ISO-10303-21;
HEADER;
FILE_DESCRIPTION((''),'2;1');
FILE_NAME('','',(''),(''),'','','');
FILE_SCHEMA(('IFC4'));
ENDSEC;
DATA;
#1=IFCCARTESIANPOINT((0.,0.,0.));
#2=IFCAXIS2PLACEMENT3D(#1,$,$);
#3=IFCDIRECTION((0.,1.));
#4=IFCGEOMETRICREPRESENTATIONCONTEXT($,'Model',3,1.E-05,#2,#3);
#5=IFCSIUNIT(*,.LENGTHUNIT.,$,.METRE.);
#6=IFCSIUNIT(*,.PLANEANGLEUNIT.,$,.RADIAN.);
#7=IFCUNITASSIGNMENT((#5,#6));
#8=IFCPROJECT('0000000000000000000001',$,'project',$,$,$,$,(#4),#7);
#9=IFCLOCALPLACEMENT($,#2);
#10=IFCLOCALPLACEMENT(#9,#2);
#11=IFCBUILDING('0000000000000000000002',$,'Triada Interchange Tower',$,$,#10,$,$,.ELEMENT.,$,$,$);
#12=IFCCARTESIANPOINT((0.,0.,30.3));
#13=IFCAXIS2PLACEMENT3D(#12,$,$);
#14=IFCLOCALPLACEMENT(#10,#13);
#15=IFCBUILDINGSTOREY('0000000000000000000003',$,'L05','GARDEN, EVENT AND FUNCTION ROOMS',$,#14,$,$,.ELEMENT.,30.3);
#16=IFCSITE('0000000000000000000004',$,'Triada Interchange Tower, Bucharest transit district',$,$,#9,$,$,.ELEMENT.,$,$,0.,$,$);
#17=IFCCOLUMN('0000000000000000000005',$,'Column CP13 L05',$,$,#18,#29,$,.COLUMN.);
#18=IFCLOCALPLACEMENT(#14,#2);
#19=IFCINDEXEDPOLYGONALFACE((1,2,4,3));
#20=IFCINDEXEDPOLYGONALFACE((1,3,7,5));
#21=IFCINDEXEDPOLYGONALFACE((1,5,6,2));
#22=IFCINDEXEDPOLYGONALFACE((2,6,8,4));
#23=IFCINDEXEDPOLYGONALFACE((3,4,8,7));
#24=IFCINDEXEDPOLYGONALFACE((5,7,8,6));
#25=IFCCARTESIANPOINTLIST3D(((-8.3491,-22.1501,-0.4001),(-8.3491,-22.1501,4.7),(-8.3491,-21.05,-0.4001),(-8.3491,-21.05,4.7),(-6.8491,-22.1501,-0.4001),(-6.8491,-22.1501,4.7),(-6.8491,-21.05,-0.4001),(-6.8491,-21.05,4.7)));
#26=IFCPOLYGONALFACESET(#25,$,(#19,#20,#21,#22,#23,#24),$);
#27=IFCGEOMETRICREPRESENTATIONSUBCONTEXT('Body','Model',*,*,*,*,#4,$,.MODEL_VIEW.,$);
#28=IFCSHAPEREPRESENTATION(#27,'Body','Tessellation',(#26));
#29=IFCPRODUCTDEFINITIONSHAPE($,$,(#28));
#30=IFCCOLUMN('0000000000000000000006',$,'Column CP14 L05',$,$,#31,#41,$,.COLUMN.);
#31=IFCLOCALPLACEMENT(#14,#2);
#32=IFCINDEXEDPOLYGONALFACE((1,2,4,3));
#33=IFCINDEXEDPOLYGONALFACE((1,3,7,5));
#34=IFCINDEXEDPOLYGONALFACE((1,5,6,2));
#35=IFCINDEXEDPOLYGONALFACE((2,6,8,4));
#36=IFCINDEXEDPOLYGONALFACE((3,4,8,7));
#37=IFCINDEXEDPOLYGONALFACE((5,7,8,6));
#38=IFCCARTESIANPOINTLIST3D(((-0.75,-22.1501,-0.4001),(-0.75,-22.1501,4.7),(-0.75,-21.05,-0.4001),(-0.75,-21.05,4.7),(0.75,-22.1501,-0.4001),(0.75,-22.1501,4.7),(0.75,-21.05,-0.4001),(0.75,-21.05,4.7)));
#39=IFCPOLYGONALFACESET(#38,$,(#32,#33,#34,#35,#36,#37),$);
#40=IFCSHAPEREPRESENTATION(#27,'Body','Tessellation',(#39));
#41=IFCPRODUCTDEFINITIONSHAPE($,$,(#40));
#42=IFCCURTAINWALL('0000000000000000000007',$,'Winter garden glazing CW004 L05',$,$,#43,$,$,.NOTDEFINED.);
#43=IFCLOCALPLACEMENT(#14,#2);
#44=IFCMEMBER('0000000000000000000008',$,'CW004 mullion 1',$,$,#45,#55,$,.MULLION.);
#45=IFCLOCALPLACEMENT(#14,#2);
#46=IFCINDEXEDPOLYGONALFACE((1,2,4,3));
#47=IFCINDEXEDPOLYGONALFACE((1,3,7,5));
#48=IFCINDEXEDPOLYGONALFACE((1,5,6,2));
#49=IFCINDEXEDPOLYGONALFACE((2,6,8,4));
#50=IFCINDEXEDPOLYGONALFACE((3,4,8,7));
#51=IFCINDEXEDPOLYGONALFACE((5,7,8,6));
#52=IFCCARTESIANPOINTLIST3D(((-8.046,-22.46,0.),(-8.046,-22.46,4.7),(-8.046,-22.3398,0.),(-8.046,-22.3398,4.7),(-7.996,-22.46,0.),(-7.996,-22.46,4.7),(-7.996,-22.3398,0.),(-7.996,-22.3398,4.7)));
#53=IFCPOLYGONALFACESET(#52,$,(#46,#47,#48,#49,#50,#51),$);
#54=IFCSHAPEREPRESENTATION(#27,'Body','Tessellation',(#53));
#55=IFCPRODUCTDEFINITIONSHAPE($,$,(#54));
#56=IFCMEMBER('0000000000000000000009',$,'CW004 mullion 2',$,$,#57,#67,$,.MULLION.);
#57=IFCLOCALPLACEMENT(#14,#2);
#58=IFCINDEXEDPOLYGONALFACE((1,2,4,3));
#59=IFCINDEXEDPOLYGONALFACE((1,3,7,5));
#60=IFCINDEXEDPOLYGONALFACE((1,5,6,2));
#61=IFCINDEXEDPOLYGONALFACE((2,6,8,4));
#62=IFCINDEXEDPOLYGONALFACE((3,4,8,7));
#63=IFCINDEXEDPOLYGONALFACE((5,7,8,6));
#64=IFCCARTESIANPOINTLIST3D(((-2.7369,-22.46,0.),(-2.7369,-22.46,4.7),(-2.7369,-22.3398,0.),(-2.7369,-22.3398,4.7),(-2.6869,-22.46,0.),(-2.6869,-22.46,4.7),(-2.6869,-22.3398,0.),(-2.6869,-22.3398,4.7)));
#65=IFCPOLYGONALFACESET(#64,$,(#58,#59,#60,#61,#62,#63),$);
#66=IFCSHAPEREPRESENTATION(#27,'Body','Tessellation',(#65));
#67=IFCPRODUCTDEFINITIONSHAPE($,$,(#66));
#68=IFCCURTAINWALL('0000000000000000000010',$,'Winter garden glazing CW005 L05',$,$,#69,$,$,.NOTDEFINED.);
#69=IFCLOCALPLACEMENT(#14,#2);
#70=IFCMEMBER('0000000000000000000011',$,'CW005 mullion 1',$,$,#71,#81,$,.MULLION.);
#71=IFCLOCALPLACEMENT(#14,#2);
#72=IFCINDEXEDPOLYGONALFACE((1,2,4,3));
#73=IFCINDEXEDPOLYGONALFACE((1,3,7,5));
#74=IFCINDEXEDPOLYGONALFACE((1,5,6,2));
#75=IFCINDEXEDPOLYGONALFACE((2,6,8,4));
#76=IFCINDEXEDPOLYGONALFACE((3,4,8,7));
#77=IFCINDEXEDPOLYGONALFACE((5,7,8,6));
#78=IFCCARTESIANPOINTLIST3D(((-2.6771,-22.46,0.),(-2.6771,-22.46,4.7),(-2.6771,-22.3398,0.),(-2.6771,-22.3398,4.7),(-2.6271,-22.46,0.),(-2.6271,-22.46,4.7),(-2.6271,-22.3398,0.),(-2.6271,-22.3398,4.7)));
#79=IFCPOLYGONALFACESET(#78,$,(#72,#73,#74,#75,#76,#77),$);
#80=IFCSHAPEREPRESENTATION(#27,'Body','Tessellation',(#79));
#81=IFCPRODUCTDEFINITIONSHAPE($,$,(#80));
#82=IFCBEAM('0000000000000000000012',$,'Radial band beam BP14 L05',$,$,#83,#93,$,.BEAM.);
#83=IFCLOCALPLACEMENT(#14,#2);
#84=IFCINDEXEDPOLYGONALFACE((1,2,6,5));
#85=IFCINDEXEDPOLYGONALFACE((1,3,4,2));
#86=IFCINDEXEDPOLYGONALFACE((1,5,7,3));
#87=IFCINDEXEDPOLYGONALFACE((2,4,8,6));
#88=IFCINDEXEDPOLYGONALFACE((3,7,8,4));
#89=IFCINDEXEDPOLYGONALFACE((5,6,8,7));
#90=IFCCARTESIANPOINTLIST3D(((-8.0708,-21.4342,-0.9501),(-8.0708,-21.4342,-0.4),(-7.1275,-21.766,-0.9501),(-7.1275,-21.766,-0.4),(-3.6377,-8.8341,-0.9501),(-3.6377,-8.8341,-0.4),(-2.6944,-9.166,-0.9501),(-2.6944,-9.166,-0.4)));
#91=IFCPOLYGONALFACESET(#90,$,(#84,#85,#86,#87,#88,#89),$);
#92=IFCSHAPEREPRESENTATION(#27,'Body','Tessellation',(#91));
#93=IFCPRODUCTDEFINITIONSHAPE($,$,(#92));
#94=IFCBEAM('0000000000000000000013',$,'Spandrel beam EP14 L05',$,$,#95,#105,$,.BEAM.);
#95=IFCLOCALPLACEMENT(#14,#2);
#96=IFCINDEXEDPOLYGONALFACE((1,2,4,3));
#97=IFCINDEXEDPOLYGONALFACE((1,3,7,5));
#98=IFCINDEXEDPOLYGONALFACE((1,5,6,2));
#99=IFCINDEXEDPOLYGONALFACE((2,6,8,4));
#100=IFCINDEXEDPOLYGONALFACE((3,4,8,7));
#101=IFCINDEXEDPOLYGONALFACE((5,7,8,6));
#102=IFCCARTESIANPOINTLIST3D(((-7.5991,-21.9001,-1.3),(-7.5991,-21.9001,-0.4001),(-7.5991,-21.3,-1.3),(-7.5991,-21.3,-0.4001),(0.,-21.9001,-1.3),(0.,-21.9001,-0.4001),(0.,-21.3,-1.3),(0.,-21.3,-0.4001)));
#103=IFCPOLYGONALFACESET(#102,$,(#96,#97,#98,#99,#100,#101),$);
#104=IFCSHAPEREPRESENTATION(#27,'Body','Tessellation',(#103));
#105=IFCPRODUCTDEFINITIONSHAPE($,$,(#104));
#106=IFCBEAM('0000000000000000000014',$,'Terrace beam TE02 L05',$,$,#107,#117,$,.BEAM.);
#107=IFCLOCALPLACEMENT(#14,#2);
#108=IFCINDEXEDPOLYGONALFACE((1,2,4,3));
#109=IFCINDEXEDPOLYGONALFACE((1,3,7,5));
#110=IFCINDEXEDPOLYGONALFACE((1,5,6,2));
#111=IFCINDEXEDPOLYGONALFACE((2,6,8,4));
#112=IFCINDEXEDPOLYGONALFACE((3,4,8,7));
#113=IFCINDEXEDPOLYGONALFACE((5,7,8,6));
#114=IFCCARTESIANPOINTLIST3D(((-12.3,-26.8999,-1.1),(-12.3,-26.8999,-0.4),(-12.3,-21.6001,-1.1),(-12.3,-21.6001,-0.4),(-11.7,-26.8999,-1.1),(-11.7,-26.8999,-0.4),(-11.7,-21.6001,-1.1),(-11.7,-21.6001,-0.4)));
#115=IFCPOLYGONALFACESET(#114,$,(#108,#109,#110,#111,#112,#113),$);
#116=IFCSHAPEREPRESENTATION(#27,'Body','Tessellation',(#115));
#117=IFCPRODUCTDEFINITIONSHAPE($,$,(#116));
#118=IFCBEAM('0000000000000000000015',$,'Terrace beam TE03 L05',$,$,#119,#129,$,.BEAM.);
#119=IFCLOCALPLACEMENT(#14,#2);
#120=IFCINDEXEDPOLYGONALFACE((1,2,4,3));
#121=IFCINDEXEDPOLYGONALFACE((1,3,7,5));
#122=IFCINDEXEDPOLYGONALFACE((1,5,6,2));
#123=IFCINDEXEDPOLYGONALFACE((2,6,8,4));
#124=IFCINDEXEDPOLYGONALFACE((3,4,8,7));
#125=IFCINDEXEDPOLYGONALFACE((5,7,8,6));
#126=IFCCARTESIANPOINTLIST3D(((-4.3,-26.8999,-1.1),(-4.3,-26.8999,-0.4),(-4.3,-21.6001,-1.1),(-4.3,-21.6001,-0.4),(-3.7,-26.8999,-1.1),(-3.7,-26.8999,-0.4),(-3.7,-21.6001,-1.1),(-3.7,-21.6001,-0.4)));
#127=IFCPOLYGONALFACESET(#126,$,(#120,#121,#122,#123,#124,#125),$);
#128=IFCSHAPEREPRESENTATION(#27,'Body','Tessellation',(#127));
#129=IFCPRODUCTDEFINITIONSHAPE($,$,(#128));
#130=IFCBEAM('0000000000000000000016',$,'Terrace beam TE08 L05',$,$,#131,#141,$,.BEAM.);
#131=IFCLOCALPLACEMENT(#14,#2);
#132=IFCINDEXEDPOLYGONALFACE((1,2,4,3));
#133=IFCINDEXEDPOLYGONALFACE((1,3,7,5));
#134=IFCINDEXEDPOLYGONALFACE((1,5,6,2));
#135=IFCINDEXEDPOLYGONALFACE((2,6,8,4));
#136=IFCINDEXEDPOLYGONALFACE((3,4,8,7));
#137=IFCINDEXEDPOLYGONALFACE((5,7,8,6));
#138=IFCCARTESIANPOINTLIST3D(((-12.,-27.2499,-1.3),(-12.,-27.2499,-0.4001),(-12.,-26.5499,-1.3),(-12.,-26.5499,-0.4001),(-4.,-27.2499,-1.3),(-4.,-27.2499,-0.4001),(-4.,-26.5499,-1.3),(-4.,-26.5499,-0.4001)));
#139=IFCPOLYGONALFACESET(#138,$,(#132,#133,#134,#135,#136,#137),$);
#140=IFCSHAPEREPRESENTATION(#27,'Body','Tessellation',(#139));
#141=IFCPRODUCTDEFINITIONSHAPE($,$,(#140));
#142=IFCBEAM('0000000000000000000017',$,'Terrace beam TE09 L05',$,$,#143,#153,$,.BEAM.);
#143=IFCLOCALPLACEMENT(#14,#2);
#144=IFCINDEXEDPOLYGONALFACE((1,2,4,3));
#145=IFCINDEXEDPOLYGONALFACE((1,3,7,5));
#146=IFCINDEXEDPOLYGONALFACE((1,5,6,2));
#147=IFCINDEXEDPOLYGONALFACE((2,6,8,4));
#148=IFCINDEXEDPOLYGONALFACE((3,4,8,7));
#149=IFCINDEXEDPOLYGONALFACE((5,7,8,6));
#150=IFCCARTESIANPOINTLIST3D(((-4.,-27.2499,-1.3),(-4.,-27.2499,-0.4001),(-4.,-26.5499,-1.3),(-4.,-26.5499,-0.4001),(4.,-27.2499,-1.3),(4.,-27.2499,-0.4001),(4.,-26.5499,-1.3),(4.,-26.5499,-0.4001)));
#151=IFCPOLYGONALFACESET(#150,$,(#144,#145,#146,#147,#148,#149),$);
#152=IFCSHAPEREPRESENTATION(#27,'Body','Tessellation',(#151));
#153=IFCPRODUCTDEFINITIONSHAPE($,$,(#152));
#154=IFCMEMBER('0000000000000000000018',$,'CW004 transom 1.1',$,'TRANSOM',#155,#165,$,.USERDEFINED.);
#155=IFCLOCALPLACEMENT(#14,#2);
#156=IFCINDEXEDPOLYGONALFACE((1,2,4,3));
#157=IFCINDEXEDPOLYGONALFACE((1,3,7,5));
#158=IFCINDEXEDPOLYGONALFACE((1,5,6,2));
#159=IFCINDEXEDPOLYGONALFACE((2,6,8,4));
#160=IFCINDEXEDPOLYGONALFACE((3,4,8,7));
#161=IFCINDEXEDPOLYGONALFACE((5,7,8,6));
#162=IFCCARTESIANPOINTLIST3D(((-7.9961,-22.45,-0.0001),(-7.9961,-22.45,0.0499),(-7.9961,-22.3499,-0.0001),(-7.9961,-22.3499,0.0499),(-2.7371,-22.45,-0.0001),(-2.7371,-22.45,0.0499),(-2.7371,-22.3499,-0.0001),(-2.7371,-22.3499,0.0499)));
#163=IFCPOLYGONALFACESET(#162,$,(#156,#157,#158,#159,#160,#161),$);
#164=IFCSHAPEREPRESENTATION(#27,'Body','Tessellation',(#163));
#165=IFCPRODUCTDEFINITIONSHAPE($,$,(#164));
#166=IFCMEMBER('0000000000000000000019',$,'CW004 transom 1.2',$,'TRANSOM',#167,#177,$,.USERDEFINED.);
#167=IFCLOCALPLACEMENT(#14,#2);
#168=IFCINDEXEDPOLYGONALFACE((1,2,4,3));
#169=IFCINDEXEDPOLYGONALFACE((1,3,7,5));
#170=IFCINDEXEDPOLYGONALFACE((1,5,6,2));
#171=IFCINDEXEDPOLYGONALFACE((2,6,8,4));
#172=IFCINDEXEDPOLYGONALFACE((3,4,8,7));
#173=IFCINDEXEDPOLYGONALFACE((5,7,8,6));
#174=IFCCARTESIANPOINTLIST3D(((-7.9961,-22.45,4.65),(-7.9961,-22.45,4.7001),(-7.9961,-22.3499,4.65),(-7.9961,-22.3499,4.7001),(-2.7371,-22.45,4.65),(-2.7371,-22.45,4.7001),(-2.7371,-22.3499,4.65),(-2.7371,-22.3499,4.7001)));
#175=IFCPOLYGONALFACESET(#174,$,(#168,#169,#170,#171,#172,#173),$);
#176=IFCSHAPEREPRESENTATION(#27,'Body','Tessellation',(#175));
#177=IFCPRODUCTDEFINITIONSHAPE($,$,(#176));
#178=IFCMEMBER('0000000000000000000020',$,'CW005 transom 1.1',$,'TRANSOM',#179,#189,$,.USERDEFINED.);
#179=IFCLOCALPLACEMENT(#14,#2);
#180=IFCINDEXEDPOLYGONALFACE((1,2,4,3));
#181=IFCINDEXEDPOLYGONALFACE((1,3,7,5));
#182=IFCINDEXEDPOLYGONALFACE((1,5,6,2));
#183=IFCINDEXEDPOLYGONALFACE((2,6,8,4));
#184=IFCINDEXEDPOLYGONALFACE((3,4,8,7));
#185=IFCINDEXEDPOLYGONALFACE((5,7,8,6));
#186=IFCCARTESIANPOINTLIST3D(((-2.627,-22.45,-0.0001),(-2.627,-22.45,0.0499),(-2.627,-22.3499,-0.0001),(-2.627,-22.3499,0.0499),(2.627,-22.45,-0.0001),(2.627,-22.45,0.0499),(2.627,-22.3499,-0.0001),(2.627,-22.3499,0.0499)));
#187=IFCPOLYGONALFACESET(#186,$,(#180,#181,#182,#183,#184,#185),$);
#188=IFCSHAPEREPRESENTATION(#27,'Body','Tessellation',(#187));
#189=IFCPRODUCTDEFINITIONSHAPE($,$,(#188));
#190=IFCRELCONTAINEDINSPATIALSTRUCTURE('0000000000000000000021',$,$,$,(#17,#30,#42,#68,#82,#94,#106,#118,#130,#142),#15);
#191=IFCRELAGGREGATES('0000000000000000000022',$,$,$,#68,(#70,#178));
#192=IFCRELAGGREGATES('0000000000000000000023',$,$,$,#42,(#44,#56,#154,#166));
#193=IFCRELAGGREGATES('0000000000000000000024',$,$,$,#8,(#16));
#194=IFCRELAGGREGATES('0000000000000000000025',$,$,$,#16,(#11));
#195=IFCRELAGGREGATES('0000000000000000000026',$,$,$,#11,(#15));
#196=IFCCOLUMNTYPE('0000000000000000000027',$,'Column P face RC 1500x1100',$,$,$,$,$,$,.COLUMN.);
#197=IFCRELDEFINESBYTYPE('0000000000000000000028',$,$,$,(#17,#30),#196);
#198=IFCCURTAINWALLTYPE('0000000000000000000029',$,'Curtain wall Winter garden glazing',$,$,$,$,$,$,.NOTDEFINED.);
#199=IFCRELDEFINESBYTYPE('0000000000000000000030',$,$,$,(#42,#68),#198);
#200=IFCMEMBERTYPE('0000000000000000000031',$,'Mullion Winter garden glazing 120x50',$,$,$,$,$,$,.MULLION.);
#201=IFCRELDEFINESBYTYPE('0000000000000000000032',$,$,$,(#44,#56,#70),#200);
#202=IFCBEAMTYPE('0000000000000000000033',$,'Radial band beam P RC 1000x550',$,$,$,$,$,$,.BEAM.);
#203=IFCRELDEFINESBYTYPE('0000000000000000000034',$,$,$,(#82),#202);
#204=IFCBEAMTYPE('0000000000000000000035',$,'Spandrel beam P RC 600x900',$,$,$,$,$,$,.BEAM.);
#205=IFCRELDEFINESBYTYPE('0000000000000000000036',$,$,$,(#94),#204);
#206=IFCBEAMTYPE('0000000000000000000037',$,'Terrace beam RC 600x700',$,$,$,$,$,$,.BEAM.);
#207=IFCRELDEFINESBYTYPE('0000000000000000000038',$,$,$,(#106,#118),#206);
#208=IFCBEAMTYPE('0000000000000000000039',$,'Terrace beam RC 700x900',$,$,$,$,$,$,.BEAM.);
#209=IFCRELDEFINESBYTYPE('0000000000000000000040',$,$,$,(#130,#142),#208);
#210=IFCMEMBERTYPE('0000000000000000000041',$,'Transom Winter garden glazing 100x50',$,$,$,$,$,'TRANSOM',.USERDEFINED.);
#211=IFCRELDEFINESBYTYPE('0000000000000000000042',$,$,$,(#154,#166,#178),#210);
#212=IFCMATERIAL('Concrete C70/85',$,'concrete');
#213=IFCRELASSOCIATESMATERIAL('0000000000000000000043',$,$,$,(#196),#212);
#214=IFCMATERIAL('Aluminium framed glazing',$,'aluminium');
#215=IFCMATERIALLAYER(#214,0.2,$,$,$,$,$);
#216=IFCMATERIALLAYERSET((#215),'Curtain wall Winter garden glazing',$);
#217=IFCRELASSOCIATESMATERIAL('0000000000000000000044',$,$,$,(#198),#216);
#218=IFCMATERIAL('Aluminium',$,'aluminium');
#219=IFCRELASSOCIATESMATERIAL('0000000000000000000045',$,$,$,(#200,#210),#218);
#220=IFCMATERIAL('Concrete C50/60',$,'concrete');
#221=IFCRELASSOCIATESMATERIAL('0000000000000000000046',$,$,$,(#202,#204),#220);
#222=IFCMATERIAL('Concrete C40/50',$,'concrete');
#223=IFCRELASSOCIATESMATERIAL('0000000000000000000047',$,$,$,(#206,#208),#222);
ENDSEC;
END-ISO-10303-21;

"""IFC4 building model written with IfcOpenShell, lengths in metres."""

from ifc_helpers import new_model, si_unit, direction, frame, origin, origin_2d, place, context, subcontext, project, spatial, rectangle, extrude, material, layer, layer_set, material_profile, profile_set, type_object, element, aggregate, save


model = new_model("IFC4")

# Units and contexts
model_context = context("Model", 3, precision=1e-05, world=origin(), true_north=direction((0.0, 1.0)))
body_context = subcontext(model_context, "Body", "Model", "MODEL_VIEW")
ifc_project = project(units=[si_unit("LENGTHUNIT", "METRE"), si_unit("PLANEANGLEUNIT", "RADIAN")], contexts=[model_context])

# Site, building, storey
site_placement = place(None, origin())
site = spatial("IfcSite", under=ifc_project, at=site_placement, Name="Triada Interchange Tower, Bucharest transit district", CompositionType="ELEMENT", RefElevation=0.0)
building_placement = place(site_placement, origin())
building = spatial("IfcBuilding", under=site, at=building_placement, Name="Triada Interchange Tower", CompositionType="ELEMENT")
storey_placement = place(building_placement, frame((0.0, 0.0, 30.3)))
storey = spatial("IfcBuildingStorey", under=building, at=storey_placement, Name="L05", Description="GARDEN, EVENT AND FUNCTION ROOMS", CompositionType="ELEMENT", Elevation=30.3)

# Columns
ifc_material_1 = material(Name="Concrete C70/85", Category="concrete")
ifc_material_profile_1 = material_profile(ifc_material_1, rectangle(XDim=1.5, YDim=1.1001, at=origin_2d()), Name="RC 1500x1100")
ifc_profile_set_1 = profile_set([ifc_material_profile_1], Name="Concrete C70/85")
column_type = type_object("IfcColumnType", Name="Column P face RC 1500x1100", PredefinedType="COLUMN", material=ifc_profile_set_1)
for number, where, z_axis, x_axis, name in (
    (1, (-7.5991, -21.6001, -0.4001), (0.0, 0.0, 1.0), (1.0, 0.0, 0.0), "Column CP13 L05"),
    (2, (0.0, -21.6001, -0.4001), (0.0, 0.0, 1.0), (1.0, 0.0, 0.0), "Column CP14 L05"),
):
    element("IfcColumn", number, at=place(storey_placement, frame(where, z_axis=z_axis, x_axis=x_axis)), inside=storey, type_object=column_type, Name=name, PredefinedType="COLUMN", context=body_context, shape_type="SweptSolid", body=[
        extrude(rectangle(XDim=1.5, YDim=1.1001, at=origin_2d()), origin(), (0.0, 0.0, 1.0), 5.1001),
    ])

# Curtain wall, members
ifc_material_2 = material(Name="Aluminium framed glazing", Category="aluminium")
ifc_layer_1 = layer(ifc_material_2, 0.2)
ifc_layer_set_1 = layer_set([ifc_layer_1], Name="Curtain wall Winter garden glazing")
curtain_wall_type = type_object("IfcCurtainWallType", Name="Curtain wall Winter garden glazing", PredefinedType="NOTDEFINED", material=ifc_layer_set_1)
curtain_wall_1_placement = place(storey_placement, origin())
curtain_wall_1 = element("IfcCurtainWall", 3, at=curtain_wall_1_placement, inside=storey, type_object=curtain_wall_type, Name="Winter garden glazing CW004 L05", PredefinedType="NOTDEFINED")
ifc_material_3 = material(Name="Aluminium", Category="aluminium")
ifc_material_profile_2 = material_profile(ifc_material_3, rectangle(XDim=0.1201, YDim=0.05, at=origin_2d()), Name="Aluminium mullion")
ifc_profile_set_2 = profile_set([ifc_material_profile_2], Name="Aluminium")
member_type_1 = type_object("IfcMemberType", Name="Mullion Winter garden glazing 120x50", PredefinedType="MULLION", material=ifc_profile_set_2)
member_1_placement = place(storey_placement, frame((-8.021, -22.3999, 0.0), z_axis=(0.0, 0.0, 1.0), x_axis=(0.0, 1.0, 0.0)))
member_1 = element("IfcMember", 4, at=member_1_placement, type_object=member_type_1, Name="CW004 mullion 1", PredefinedType="MULLION", context=body_context, shape_type="SweptSolid", body=[
    extrude(rectangle(XDim=0.1201, YDim=0.05, at=origin_2d()), origin(), (0.0, 0.0, 1.0), 4.7),
])
member_2_placement = place(storey_placement, frame((-2.7119, -22.3999, 0.0), z_axis=(0.0, 0.0, 1.0), x_axis=(0.0, 1.0, 0.0)))
member_2 = element("IfcMember", 5, at=member_2_placement, type_object=member_type_1, Name="CW004 mullion 2", PredefinedType="MULLION", context=body_context, shape_type="SweptSolid", body=[
    extrude(rectangle(XDim=0.1201, YDim=0.05, at=origin_2d()), origin(), (0.0, 0.0, 1.0), 4.7),
])

# Curtain wall, member
curtain_wall_2_placement = place(storey_placement, origin())
curtain_wall_2 = element("IfcCurtainWall", 6, at=curtain_wall_2_placement, inside=storey, type_object=curtain_wall_type, Name="Winter garden glazing CW005 L05", PredefinedType="NOTDEFINED")
member_3_placement = place(storey_placement, frame((-2.6521, -22.3999, 0.0), z_axis=(0.0, 0.0, 1.0), x_axis=(0.0, 1.0, 0.0)))
member_3 = element("IfcMember", 7, at=member_3_placement, type_object=member_type_1, Name="CW005 mullion 1", PredefinedType="MULLION", context=body_context, shape_type="SweptSolid", body=[
    extrude(rectangle(XDim=0.1201, YDim=0.05, at=origin_2d()), origin(), (0.0, 0.0, 1.0), 4.7),
])

# Beams
ifc_material_4 = material(Name="Concrete C50/60", Category="concrete")
ifc_material_profile_3 = material_profile(ifc_material_4, rectangle(XDim=1.0, YDim=0.55, at=origin_2d()), Name="RC 1000x550")
ifc_profile_set_3 = profile_set([ifc_material_profile_3], Name="Concrete C50/60")
beam_type_1 = type_object("IfcBeamType", Name="Radial band beam P RC 1000x550", PredefinedType="BEAM", material=ifc_profile_set_3)
beam_1_placement = place(storey_placement, frame((-7.5991, -21.6001, -0.675), z_axis=(0.331889, 0.943319, 0.0), x_axis=(-0.943319, 0.331889, 0.0)))
element("IfcBeam", 8, at=beam_1_placement, inside=storey, type_object=beam_type_1, Name="Radial band beam BP14 L05", PredefinedType="BEAM", context=body_context, shape_type="SweptSolid", body=[
    extrude(rectangle(XDim=1.0, YDim=0.55, at=origin_2d()), origin(), (0.0, 0.0, 1.0), 13.3572),
])
ifc_material_profile_4 = material_profile(ifc_material_4, rectangle(XDim=0.6001, YDim=0.8999, at=origin_2d()), Name="RC 600x900")
ifc_profile_set_4 = profile_set([ifc_material_profile_4], Name="Concrete C50/60")
beam_type_2 = type_object("IfcBeamType", Name="Spandrel beam P RC 600x900", PredefinedType="BEAM", material=ifc_profile_set_4)
beam_2_placement = place(storey_placement, frame((-7.5991, -21.6001, -0.8501), z_axis=(1.0, 0.0, 0.0), x_axis=(0.0, 1.0, 0.0)))
element("IfcBeam", 9, at=beam_2_placement, inside=storey, type_object=beam_type_2, Name="Spandrel beam EP14 L05", PredefinedType="BEAM", context=body_context, shape_type="SweptSolid", body=[
    extrude(rectangle(XDim=0.6001, YDim=0.8999, at=origin_2d()), origin(), (0.0, 0.0, 1.0), 7.5991),
])
ifc_material_5 = material(Name="Concrete C40/50", Category="concrete")
ifc_material_profile_5 = material_profile(ifc_material_5, rectangle(XDim=0.6001, YDim=0.7, at=origin_2d()), Name="RC 600x700")
ifc_profile_set_5 = profile_set([ifc_material_profile_5], Name="Concrete C40/50")
beam_type_3 = type_object("IfcBeamType", Name="Terrace beam RC 600x700", PredefinedType="BEAM", material=ifc_profile_set_5)
for number, where, z_axis, x_axis, name in (
    (10, (-12.0, -26.8999, -0.75), (0.0, 1.0, 0.0), (-1.0, 0.0, 0.0), "Terrace beam TE02 L05"),
    (11, (-4.0, -26.8999, -0.75), (0.0, 1.0, 0.0), (-1.0, 0.0, 0.0), "Terrace beam TE03 L05"),
):
    element("IfcBeam", number, at=place(storey_placement, frame(where, z_axis=z_axis, x_axis=x_axis)), inside=storey, type_object=beam_type_3, Name=name, PredefinedType="BEAM", context=body_context, shape_type="SweptSolid", body=[
        extrude(rectangle(XDim=0.6001, YDim=0.7, at=origin_2d()), origin(), (0.0, 0.0, 1.0), 5.2998),
    ])
ifc_material_profile_6 = material_profile(ifc_material_5, rectangle(XDim=0.7, YDim=0.8999, at=origin_2d()), Name="RC 700x900")
ifc_profile_set_6 = profile_set([ifc_material_profile_6], Name="Concrete C40/50")
beam_type_4 = type_object("IfcBeamType", Name="Terrace beam RC 700x900", PredefinedType="BEAM", material=ifc_profile_set_6)
for number, where, z_axis, x_axis, name in (
    (12, (-12.0, -26.8999, -0.8501), (1.0, 0.0, 0.0), (0.0, 1.0, 0.0), "Terrace beam TE08 L05"),
    (13, (-4.0, -26.8999, -0.8501), (1.0, 0.0, 0.0), (0.0, 1.0, 0.0), "Terrace beam TE09 L05"),
):
    element("IfcBeam", number, at=place(storey_placement, frame(where, z_axis=z_axis, x_axis=x_axis)), inside=storey, type_object=beam_type_4, Name=name, PredefinedType="BEAM", context=body_context, shape_type="SweptSolid", body=[
        extrude(rectangle(XDim=0.7, YDim=0.8999, at=origin_2d()), origin(), (0.0, 0.0, 1.0), 8.0),
    ])

# Members
ifc_material_profile_7 = material_profile(ifc_material_3, rectangle(XDim=0.1001, YDim=0.05, at=origin_2d()), Name="Aluminium transom")
ifc_profile_set_7 = profile_set([ifc_material_profile_7], Name="Aluminium")
member_type_2 = type_object("IfcMemberType", Name="Transom Winter garden glazing 100x50", ElementType="TRANSOM", PredefinedType="USERDEFINED", material=ifc_profile_set_7)
member_4_placement = place(storey_placement, frame((-7.9961, -22.3999, 0.0249), z_axis=(1.0, 0.0, 0.0), x_axis=(0.0, 1.0, 0.0)))
member_4 = element("IfcMember", 14, at=member_4_placement, type_object=member_type_2, Name="CW004 transom 1.1", ObjectType="TRANSOM", PredefinedType="USERDEFINED", context=body_context, shape_type="SweptSolid", body=[
    extrude(rectangle(XDim=0.1001, YDim=0.05, at=origin_2d()), origin(), (0.0, 0.0, 1.0), 5.259),
])
member_5_placement = place(storey_placement, frame((-7.9961, -22.3999, 4.675), z_axis=(1.0, 0.0, 0.0), x_axis=(0.0, 1.0, 0.0)))
member_5 = element("IfcMember", 15, at=member_5_placement, type_object=member_type_2, Name="CW004 transom 1.2", ObjectType="TRANSOM", PredefinedType="USERDEFINED", context=body_context, shape_type="SweptSolid", body=[
    extrude(rectangle(XDim=0.1001, YDim=0.05, at=origin_2d()), origin(), (0.0, 0.0, 1.0), 5.259),
])
member_6_placement = place(storey_placement, frame((-2.627, -22.3999, 0.0249), z_axis=(1.0, 0.0, 0.0), x_axis=(0.0, 1.0, 0.0)))
member_6 = element("IfcMember", 16, at=member_6_placement, type_object=member_type_2, Name="CW005 transom 1.1", ObjectType="TRANSOM", PredefinedType="USERDEFINED", context=body_context, shape_type="SweptSolid", body=[
    extrude(rectangle(XDim=0.1001, YDim=0.05, at=origin_2d()), origin(), (0.0, 0.0, 1.0), 5.2539),
])
aggregate(curtain_wall_2, [member_3, member_6])

aggregate(curtain_wall_1, [member_1, member_2, member_4, member_5])

save(model, "model.ifc")
